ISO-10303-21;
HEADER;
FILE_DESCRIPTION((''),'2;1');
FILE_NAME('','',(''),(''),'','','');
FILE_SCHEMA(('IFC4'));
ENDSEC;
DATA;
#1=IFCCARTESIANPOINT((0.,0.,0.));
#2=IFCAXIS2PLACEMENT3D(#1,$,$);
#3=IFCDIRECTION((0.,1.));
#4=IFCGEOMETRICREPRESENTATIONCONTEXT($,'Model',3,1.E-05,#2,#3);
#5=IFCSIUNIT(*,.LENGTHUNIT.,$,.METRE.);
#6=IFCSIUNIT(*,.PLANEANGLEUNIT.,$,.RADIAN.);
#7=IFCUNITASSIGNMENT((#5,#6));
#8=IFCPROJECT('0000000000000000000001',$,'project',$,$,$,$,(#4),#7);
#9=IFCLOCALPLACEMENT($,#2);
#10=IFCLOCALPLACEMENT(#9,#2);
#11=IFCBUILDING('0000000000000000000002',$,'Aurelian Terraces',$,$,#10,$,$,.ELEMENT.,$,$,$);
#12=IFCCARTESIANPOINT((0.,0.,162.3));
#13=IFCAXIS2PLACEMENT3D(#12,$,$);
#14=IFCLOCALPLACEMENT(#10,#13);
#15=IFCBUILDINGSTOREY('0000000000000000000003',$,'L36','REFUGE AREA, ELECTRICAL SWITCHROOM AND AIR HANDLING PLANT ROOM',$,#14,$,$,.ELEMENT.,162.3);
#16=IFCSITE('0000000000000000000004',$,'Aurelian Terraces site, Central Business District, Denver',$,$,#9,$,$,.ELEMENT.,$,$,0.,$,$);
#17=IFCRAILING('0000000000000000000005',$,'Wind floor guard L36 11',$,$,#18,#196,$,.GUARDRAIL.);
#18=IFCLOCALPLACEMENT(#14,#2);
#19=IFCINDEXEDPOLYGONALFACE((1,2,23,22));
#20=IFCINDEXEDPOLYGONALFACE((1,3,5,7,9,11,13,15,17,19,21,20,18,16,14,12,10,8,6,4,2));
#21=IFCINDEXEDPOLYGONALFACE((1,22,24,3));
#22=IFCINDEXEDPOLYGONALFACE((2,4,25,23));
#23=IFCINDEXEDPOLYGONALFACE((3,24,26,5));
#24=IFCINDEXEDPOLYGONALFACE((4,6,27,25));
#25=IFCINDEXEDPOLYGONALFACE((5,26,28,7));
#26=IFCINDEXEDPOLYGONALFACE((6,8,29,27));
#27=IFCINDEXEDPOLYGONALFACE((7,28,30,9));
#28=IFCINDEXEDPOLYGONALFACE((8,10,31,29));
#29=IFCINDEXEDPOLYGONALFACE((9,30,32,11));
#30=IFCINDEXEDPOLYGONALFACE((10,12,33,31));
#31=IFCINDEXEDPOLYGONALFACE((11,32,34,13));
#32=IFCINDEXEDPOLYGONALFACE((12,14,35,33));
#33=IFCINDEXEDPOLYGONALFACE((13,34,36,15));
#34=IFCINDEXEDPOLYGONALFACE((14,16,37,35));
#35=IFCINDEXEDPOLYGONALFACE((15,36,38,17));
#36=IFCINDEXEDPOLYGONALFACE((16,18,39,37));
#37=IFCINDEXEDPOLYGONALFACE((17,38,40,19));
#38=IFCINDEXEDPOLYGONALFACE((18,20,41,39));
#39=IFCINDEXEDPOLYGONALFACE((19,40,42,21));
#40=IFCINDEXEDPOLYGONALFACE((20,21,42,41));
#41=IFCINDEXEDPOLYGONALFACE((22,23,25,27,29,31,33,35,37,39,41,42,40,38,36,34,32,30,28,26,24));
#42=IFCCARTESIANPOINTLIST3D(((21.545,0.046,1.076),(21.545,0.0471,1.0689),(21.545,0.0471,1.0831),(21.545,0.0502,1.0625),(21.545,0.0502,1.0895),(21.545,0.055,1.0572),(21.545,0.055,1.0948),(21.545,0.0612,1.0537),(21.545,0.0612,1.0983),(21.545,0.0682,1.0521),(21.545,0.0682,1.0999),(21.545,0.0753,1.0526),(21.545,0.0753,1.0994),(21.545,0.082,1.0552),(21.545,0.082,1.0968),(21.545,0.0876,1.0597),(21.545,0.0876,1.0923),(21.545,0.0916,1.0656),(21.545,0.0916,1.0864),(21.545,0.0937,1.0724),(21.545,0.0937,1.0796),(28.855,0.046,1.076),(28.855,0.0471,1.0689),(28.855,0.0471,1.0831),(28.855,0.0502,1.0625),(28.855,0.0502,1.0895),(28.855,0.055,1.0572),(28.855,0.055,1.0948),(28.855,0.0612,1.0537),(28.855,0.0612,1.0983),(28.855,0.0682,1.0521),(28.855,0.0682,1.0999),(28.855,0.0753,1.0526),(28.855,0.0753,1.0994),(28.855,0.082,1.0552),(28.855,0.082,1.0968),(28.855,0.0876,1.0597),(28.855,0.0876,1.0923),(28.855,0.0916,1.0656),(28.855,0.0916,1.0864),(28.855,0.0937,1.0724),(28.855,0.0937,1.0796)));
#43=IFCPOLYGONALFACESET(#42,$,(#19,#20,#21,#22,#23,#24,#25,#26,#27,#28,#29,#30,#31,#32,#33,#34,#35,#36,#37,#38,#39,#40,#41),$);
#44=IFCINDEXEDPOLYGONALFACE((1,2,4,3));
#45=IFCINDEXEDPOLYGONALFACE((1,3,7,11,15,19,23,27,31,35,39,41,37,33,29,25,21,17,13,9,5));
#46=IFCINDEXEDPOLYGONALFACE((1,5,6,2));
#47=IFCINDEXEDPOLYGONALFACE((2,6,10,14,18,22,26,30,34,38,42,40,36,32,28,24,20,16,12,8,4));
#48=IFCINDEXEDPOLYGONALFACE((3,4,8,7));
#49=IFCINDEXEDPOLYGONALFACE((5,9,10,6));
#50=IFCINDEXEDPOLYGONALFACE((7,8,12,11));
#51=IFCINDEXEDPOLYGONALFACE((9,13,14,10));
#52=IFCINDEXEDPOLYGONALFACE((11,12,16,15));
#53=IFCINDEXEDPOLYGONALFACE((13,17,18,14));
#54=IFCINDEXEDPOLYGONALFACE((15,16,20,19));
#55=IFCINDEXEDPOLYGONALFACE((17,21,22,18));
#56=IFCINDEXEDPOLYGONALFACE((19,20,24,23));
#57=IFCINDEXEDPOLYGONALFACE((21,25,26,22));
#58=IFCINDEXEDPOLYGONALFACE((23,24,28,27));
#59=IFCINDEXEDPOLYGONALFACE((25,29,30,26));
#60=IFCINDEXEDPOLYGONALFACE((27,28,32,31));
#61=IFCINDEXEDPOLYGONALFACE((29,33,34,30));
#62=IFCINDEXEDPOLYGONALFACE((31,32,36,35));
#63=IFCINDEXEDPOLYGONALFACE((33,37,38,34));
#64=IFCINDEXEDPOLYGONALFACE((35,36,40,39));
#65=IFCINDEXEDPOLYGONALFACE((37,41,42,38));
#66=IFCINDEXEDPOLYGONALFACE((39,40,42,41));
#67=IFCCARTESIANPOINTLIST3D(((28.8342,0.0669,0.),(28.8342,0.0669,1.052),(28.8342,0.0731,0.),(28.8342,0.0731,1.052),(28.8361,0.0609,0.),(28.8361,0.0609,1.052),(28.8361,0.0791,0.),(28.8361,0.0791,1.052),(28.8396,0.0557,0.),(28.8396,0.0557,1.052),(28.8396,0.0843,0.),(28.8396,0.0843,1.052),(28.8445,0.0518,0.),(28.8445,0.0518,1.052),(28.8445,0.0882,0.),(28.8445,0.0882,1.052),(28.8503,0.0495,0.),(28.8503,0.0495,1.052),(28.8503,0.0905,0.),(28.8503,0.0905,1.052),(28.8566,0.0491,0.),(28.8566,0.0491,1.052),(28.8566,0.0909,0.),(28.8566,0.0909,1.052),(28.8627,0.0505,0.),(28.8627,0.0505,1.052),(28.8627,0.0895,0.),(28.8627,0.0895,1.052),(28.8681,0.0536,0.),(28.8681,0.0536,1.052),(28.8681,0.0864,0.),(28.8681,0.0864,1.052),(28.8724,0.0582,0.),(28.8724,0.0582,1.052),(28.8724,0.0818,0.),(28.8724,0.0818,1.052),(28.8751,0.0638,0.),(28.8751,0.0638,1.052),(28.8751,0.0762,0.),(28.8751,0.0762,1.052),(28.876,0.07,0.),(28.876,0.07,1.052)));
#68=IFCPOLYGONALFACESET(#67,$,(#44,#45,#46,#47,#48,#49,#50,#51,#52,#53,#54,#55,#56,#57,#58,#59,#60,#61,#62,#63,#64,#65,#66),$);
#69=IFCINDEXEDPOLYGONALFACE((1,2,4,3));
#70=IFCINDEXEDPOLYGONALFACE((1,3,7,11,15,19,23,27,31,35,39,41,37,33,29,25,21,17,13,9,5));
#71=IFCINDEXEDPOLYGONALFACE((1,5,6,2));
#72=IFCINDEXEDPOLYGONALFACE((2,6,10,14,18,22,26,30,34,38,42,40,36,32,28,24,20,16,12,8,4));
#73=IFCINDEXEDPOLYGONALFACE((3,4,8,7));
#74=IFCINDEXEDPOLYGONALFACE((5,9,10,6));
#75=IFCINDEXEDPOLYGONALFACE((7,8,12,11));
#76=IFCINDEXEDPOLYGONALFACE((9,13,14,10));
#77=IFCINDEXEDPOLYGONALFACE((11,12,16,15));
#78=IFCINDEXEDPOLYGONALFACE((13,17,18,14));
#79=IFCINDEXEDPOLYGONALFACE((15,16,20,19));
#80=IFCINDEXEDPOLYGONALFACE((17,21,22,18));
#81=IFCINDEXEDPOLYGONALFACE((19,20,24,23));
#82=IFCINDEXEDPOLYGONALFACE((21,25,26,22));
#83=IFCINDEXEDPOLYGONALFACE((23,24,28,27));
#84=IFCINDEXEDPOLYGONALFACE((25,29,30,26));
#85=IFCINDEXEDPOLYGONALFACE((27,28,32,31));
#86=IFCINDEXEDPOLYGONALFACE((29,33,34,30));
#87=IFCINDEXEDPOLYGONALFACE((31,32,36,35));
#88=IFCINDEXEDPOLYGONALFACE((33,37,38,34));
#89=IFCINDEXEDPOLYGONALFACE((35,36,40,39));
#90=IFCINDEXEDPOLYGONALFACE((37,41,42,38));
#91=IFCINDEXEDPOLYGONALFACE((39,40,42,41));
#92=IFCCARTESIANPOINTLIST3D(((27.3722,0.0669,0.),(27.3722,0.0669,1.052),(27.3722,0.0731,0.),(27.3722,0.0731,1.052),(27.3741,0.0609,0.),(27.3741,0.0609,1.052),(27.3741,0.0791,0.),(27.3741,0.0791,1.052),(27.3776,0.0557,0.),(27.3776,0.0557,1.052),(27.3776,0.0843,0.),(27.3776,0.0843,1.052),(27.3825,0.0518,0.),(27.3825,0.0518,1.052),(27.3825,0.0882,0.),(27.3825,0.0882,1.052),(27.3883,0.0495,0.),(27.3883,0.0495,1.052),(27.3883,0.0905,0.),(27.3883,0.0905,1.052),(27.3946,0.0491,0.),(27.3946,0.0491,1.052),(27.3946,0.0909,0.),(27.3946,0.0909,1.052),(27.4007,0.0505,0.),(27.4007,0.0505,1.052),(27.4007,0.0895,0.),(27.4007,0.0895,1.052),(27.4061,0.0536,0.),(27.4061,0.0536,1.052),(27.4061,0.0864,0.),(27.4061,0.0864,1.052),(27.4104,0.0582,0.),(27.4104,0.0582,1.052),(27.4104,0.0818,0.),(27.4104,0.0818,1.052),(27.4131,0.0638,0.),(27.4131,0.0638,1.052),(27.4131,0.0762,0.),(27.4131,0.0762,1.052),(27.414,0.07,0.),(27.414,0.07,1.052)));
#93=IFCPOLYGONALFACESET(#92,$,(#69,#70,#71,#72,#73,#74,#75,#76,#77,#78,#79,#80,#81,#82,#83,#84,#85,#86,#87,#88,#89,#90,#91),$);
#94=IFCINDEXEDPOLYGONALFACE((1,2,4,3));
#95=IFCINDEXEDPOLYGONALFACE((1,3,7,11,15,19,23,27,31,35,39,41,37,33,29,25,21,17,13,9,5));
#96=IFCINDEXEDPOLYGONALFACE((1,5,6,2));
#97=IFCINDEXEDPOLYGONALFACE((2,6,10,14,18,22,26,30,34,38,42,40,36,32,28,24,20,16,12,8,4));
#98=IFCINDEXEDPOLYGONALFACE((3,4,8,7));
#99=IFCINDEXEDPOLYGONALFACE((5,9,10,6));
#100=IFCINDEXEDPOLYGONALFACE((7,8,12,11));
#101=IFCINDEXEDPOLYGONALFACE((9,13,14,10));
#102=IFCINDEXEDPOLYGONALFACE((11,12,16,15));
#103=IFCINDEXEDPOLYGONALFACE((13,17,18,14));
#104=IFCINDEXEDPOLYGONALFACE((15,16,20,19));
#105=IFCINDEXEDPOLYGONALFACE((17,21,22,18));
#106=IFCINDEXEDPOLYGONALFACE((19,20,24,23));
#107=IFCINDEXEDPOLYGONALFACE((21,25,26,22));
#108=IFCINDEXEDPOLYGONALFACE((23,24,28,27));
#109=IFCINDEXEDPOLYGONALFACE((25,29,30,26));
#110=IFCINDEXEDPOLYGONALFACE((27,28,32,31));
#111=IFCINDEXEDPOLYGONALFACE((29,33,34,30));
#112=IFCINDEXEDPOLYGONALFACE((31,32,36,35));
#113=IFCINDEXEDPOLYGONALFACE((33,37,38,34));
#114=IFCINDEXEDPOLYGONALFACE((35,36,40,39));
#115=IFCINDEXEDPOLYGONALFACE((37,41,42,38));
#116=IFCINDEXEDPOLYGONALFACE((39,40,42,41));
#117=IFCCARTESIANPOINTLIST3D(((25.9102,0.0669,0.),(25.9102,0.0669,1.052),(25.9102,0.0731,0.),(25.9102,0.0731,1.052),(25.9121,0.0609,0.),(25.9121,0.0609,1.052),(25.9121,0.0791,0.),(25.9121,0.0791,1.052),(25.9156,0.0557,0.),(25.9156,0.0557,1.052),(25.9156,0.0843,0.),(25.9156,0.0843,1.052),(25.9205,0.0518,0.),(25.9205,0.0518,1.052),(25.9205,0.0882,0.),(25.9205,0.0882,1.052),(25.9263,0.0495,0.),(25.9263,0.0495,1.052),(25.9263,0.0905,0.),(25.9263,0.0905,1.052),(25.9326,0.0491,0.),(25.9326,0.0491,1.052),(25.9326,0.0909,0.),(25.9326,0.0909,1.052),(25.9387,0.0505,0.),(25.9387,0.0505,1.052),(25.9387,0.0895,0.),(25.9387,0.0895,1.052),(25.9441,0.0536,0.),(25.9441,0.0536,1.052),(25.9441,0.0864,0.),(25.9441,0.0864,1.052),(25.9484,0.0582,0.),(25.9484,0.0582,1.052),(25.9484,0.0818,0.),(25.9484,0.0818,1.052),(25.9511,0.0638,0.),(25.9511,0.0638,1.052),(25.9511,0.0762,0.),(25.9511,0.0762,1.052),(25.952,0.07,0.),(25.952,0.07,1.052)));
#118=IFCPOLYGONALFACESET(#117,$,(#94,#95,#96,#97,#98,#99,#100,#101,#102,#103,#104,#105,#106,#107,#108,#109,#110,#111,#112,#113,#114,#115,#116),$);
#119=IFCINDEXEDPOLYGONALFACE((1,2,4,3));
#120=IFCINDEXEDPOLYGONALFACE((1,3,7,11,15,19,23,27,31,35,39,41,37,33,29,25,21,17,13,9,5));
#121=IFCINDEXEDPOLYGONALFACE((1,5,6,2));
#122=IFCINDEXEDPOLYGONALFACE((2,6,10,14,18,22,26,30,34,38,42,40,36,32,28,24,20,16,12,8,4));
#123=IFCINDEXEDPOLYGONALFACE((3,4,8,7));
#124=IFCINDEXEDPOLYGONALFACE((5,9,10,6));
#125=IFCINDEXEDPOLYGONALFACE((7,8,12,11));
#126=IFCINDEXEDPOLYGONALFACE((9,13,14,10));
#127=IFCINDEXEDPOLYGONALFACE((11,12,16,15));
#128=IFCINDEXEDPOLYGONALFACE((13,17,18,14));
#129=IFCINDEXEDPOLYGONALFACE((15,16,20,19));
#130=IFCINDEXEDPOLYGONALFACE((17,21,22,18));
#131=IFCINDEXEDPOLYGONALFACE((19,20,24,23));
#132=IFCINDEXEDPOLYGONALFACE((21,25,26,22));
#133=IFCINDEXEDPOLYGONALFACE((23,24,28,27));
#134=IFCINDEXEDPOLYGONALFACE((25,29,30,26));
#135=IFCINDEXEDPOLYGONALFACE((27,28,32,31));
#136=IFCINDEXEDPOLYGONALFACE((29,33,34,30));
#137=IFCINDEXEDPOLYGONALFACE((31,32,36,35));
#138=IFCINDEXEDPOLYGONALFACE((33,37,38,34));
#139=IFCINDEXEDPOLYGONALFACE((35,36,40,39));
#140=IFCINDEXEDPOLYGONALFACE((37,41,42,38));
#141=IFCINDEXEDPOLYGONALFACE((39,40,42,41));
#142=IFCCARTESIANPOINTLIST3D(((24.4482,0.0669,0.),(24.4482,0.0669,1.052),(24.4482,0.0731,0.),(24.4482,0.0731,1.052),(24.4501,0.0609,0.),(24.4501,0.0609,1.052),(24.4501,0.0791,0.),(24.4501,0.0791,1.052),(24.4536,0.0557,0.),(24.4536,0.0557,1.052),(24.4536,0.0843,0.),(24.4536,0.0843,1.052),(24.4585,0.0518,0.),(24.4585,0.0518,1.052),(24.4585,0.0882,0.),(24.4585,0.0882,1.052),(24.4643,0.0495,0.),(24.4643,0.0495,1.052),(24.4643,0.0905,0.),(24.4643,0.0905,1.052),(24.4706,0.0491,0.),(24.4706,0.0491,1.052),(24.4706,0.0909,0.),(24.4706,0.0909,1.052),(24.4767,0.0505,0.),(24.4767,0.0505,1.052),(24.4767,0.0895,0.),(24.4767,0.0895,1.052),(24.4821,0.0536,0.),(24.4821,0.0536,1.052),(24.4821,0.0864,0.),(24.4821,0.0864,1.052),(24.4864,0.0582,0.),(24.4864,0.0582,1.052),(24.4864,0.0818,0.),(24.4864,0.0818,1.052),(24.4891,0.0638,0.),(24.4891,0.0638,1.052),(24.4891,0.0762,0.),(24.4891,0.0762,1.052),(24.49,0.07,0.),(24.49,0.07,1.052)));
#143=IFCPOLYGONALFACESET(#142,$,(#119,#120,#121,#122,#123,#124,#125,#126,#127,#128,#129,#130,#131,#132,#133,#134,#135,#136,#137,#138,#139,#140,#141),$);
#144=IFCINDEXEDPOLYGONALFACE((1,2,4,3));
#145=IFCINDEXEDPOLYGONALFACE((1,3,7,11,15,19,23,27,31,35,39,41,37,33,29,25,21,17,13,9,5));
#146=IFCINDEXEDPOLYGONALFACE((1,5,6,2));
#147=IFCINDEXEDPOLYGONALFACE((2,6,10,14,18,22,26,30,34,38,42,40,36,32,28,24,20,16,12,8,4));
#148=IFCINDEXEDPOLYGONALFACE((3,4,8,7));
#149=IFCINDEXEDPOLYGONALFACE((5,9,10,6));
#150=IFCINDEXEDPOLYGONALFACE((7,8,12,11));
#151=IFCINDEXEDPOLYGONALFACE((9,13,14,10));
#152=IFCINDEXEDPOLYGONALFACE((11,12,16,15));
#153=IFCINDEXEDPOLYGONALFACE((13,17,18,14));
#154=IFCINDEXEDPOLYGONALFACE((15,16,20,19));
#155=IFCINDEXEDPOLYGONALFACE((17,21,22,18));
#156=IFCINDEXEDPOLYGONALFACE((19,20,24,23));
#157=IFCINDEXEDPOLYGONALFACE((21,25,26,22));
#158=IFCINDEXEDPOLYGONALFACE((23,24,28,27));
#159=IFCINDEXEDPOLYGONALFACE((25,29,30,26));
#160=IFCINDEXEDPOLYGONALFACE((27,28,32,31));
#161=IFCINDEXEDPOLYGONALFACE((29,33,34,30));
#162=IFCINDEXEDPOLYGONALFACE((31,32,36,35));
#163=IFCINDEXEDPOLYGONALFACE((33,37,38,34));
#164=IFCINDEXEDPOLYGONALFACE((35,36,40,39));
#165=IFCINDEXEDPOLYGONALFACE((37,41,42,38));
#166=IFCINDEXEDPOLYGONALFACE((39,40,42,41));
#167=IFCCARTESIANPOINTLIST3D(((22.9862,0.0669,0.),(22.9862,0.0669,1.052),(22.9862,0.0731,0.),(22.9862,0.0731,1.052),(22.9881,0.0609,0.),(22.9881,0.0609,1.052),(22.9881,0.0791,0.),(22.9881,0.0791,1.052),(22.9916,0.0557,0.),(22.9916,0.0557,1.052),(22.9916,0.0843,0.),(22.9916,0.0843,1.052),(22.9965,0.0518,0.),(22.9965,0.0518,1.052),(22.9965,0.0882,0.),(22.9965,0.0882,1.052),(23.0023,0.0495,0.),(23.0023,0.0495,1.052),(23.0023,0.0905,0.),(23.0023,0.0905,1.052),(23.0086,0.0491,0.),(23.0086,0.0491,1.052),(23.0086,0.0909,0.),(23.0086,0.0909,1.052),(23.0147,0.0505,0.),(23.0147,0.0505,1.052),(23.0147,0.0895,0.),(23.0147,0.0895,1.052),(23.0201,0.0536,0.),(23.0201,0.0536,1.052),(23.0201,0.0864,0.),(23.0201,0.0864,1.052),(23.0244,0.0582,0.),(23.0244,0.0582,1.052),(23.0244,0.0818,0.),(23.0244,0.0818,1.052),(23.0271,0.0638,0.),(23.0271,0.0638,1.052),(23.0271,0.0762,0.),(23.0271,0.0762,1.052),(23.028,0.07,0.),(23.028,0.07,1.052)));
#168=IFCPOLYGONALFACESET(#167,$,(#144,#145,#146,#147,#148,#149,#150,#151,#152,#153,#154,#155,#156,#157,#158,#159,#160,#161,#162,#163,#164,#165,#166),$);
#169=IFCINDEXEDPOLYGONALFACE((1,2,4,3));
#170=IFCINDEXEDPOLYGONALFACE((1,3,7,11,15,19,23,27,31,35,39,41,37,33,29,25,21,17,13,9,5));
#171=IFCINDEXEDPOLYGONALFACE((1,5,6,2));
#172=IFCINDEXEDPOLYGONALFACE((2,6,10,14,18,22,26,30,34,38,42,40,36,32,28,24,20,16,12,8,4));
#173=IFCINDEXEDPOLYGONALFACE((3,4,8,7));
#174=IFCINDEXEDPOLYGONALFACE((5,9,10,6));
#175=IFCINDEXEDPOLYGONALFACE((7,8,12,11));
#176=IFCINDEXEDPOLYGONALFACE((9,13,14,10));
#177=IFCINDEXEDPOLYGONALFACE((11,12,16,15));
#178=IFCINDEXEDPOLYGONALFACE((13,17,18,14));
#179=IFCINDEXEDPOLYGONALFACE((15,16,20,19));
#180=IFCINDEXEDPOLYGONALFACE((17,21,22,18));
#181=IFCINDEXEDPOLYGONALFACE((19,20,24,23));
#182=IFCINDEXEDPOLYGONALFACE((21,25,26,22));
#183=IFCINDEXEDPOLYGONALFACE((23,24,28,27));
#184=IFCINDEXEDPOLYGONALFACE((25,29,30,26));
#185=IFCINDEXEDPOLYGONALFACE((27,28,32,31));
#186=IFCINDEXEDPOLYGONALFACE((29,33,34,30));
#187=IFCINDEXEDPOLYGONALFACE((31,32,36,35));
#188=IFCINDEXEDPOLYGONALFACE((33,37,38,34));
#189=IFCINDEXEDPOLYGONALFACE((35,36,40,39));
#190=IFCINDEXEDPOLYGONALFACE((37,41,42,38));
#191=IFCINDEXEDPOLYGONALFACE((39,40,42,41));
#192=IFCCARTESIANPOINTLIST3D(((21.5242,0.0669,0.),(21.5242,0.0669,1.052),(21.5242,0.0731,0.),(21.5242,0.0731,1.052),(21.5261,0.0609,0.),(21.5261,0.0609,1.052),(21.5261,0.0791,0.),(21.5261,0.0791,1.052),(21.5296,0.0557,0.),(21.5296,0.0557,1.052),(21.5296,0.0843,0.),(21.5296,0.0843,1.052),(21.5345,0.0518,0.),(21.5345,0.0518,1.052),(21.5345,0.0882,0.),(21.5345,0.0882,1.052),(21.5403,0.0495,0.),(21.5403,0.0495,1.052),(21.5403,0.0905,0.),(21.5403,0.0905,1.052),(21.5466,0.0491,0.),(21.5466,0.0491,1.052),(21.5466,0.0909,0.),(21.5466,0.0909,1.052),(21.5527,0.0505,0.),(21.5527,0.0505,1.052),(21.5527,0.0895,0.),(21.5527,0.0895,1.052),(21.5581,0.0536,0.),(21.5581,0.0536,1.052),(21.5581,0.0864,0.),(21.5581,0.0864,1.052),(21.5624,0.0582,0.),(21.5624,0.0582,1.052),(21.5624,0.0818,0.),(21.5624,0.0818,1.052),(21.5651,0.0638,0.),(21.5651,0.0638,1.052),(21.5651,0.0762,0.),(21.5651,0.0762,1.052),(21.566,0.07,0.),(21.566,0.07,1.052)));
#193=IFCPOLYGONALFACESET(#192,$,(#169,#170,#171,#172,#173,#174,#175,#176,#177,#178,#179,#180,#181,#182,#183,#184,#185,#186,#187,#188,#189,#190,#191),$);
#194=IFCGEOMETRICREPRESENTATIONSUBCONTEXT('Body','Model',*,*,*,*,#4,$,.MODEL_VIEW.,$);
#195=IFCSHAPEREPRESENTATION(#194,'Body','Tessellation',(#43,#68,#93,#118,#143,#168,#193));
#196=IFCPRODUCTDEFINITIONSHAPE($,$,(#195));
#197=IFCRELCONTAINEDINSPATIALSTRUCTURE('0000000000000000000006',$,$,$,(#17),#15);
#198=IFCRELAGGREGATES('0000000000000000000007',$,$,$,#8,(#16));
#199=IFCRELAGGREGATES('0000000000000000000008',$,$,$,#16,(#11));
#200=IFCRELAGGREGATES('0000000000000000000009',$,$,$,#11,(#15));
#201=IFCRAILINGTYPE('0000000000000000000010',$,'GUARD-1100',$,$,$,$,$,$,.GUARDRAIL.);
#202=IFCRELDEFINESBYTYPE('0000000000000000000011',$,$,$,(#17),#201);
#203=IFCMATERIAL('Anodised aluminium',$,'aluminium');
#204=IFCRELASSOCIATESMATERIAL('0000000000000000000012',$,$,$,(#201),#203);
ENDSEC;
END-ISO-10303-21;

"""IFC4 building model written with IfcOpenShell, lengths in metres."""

from ifc_helpers import new_model, si_unit, direction, frame, origin, origin_2d, place, context, subcontext, project, spatial, circle, extrude, source, transform, mapped, material, type_object, element, save


model = new_model("IFC4")

# Units and contexts
model_context = context("Model", 3, precision=1e-05, world=origin(), true_north=direction((0.0, 1.0)))
body_context = subcontext(model_context, "Body", "Model", "MODEL_VIEW")
ifc_project = project(units=[si_unit("LENGTHUNIT", "METRE"), si_unit("PLANEANGLEUNIT", "RADIAN")], contexts=[model_context])

# Site, building, storey
site_placement = place(None, origin())
site = spatial("IfcSite", under=ifc_project, at=site_placement, Name="Aurelian Terraces site, Central Business District, Denver", CompositionType="ELEMENT", RefElevation=0.0)
building_placement = place(site_placement, origin())
building = spatial("IfcBuilding", under=site, at=building_placement, Name="Aurelian Terraces", CompositionType="ELEMENT")
storey_placement = place(building_placement, frame((0.0, 0.0, 162.3)))
storey = spatial("IfcBuildingStorey", under=building, at=storey_placement, Name="L36", Description="REFUGE AREA, ELECTRICAL SWITCHROOM AND AIR HANDLING PLANT ROOM", CompositionType="ELEMENT", Elevation=162.3)

# Railing
ifc_material_1 = material(Name="Anodised aluminium", Category="aluminium")
railing_type_1 = type_object("IfcRailingType", Name="GUARD-1100", PredefinedType="GUARDRAIL", material=ifc_material_1)
shared_shape_1 = source(origin(), body_context, "Body", "SweptSolid", [
    extrude(circle(Radius=0.024, at=origin_2d()), frame((0.0, 0.0, 1.076), z_axis=(-1.0, 0.0, 0.0), x_axis=(0.0, -1.0, 0.0)), (0.0, 0.0, 1.0), 7.31),
    extrude(circle(Radius=0.021, at=origin_2d()), origin(), (0.0, 0.0, 1.0), 1.052),
    extrude(circle(Radius=0.021, at=origin_2d()), frame((-1.462, 0.0, 0.0)), (0.0, 0.0, 1.0), 1.052),
    extrude(circle(Radius=0.021, at=origin_2d()), frame((-2.924, 0.0, 0.0)), (0.0, 0.0, 1.0), 1.052),
    extrude(circle(Radius=0.021, at=origin_2d()), frame((-4.386, 0.0, 0.0)), (0.0, 0.0, 1.0), 1.052),
    extrude(circle(Radius=0.021, at=origin_2d()), frame((-5.848, 0.0, 0.0)), (0.0, 0.0, 1.0), 1.052),
    extrude(circle(Radius=0.021, at=origin_2d()), frame((-7.31, 0.0, 0.0)), (0.0, 0.0, 1.0), 1.052),
])
for number, where, name in (
    (1, (28.855, 0.07, 0.0), "Wind floor guard L36 11"),
):
    element("IfcRailing", number, at=place(storey_placement, frame(where)), inside=storey, type_object=railing_type_1, Name=name, PredefinedType="GUARDRAIL", context=body_context, shape_type="MappedRepresentation", body=[
        mapped(shared_shape_1, transform((0.0, 0.0, 0.0), scale=1.0)),
    ])

save(model, "model.ifc")
